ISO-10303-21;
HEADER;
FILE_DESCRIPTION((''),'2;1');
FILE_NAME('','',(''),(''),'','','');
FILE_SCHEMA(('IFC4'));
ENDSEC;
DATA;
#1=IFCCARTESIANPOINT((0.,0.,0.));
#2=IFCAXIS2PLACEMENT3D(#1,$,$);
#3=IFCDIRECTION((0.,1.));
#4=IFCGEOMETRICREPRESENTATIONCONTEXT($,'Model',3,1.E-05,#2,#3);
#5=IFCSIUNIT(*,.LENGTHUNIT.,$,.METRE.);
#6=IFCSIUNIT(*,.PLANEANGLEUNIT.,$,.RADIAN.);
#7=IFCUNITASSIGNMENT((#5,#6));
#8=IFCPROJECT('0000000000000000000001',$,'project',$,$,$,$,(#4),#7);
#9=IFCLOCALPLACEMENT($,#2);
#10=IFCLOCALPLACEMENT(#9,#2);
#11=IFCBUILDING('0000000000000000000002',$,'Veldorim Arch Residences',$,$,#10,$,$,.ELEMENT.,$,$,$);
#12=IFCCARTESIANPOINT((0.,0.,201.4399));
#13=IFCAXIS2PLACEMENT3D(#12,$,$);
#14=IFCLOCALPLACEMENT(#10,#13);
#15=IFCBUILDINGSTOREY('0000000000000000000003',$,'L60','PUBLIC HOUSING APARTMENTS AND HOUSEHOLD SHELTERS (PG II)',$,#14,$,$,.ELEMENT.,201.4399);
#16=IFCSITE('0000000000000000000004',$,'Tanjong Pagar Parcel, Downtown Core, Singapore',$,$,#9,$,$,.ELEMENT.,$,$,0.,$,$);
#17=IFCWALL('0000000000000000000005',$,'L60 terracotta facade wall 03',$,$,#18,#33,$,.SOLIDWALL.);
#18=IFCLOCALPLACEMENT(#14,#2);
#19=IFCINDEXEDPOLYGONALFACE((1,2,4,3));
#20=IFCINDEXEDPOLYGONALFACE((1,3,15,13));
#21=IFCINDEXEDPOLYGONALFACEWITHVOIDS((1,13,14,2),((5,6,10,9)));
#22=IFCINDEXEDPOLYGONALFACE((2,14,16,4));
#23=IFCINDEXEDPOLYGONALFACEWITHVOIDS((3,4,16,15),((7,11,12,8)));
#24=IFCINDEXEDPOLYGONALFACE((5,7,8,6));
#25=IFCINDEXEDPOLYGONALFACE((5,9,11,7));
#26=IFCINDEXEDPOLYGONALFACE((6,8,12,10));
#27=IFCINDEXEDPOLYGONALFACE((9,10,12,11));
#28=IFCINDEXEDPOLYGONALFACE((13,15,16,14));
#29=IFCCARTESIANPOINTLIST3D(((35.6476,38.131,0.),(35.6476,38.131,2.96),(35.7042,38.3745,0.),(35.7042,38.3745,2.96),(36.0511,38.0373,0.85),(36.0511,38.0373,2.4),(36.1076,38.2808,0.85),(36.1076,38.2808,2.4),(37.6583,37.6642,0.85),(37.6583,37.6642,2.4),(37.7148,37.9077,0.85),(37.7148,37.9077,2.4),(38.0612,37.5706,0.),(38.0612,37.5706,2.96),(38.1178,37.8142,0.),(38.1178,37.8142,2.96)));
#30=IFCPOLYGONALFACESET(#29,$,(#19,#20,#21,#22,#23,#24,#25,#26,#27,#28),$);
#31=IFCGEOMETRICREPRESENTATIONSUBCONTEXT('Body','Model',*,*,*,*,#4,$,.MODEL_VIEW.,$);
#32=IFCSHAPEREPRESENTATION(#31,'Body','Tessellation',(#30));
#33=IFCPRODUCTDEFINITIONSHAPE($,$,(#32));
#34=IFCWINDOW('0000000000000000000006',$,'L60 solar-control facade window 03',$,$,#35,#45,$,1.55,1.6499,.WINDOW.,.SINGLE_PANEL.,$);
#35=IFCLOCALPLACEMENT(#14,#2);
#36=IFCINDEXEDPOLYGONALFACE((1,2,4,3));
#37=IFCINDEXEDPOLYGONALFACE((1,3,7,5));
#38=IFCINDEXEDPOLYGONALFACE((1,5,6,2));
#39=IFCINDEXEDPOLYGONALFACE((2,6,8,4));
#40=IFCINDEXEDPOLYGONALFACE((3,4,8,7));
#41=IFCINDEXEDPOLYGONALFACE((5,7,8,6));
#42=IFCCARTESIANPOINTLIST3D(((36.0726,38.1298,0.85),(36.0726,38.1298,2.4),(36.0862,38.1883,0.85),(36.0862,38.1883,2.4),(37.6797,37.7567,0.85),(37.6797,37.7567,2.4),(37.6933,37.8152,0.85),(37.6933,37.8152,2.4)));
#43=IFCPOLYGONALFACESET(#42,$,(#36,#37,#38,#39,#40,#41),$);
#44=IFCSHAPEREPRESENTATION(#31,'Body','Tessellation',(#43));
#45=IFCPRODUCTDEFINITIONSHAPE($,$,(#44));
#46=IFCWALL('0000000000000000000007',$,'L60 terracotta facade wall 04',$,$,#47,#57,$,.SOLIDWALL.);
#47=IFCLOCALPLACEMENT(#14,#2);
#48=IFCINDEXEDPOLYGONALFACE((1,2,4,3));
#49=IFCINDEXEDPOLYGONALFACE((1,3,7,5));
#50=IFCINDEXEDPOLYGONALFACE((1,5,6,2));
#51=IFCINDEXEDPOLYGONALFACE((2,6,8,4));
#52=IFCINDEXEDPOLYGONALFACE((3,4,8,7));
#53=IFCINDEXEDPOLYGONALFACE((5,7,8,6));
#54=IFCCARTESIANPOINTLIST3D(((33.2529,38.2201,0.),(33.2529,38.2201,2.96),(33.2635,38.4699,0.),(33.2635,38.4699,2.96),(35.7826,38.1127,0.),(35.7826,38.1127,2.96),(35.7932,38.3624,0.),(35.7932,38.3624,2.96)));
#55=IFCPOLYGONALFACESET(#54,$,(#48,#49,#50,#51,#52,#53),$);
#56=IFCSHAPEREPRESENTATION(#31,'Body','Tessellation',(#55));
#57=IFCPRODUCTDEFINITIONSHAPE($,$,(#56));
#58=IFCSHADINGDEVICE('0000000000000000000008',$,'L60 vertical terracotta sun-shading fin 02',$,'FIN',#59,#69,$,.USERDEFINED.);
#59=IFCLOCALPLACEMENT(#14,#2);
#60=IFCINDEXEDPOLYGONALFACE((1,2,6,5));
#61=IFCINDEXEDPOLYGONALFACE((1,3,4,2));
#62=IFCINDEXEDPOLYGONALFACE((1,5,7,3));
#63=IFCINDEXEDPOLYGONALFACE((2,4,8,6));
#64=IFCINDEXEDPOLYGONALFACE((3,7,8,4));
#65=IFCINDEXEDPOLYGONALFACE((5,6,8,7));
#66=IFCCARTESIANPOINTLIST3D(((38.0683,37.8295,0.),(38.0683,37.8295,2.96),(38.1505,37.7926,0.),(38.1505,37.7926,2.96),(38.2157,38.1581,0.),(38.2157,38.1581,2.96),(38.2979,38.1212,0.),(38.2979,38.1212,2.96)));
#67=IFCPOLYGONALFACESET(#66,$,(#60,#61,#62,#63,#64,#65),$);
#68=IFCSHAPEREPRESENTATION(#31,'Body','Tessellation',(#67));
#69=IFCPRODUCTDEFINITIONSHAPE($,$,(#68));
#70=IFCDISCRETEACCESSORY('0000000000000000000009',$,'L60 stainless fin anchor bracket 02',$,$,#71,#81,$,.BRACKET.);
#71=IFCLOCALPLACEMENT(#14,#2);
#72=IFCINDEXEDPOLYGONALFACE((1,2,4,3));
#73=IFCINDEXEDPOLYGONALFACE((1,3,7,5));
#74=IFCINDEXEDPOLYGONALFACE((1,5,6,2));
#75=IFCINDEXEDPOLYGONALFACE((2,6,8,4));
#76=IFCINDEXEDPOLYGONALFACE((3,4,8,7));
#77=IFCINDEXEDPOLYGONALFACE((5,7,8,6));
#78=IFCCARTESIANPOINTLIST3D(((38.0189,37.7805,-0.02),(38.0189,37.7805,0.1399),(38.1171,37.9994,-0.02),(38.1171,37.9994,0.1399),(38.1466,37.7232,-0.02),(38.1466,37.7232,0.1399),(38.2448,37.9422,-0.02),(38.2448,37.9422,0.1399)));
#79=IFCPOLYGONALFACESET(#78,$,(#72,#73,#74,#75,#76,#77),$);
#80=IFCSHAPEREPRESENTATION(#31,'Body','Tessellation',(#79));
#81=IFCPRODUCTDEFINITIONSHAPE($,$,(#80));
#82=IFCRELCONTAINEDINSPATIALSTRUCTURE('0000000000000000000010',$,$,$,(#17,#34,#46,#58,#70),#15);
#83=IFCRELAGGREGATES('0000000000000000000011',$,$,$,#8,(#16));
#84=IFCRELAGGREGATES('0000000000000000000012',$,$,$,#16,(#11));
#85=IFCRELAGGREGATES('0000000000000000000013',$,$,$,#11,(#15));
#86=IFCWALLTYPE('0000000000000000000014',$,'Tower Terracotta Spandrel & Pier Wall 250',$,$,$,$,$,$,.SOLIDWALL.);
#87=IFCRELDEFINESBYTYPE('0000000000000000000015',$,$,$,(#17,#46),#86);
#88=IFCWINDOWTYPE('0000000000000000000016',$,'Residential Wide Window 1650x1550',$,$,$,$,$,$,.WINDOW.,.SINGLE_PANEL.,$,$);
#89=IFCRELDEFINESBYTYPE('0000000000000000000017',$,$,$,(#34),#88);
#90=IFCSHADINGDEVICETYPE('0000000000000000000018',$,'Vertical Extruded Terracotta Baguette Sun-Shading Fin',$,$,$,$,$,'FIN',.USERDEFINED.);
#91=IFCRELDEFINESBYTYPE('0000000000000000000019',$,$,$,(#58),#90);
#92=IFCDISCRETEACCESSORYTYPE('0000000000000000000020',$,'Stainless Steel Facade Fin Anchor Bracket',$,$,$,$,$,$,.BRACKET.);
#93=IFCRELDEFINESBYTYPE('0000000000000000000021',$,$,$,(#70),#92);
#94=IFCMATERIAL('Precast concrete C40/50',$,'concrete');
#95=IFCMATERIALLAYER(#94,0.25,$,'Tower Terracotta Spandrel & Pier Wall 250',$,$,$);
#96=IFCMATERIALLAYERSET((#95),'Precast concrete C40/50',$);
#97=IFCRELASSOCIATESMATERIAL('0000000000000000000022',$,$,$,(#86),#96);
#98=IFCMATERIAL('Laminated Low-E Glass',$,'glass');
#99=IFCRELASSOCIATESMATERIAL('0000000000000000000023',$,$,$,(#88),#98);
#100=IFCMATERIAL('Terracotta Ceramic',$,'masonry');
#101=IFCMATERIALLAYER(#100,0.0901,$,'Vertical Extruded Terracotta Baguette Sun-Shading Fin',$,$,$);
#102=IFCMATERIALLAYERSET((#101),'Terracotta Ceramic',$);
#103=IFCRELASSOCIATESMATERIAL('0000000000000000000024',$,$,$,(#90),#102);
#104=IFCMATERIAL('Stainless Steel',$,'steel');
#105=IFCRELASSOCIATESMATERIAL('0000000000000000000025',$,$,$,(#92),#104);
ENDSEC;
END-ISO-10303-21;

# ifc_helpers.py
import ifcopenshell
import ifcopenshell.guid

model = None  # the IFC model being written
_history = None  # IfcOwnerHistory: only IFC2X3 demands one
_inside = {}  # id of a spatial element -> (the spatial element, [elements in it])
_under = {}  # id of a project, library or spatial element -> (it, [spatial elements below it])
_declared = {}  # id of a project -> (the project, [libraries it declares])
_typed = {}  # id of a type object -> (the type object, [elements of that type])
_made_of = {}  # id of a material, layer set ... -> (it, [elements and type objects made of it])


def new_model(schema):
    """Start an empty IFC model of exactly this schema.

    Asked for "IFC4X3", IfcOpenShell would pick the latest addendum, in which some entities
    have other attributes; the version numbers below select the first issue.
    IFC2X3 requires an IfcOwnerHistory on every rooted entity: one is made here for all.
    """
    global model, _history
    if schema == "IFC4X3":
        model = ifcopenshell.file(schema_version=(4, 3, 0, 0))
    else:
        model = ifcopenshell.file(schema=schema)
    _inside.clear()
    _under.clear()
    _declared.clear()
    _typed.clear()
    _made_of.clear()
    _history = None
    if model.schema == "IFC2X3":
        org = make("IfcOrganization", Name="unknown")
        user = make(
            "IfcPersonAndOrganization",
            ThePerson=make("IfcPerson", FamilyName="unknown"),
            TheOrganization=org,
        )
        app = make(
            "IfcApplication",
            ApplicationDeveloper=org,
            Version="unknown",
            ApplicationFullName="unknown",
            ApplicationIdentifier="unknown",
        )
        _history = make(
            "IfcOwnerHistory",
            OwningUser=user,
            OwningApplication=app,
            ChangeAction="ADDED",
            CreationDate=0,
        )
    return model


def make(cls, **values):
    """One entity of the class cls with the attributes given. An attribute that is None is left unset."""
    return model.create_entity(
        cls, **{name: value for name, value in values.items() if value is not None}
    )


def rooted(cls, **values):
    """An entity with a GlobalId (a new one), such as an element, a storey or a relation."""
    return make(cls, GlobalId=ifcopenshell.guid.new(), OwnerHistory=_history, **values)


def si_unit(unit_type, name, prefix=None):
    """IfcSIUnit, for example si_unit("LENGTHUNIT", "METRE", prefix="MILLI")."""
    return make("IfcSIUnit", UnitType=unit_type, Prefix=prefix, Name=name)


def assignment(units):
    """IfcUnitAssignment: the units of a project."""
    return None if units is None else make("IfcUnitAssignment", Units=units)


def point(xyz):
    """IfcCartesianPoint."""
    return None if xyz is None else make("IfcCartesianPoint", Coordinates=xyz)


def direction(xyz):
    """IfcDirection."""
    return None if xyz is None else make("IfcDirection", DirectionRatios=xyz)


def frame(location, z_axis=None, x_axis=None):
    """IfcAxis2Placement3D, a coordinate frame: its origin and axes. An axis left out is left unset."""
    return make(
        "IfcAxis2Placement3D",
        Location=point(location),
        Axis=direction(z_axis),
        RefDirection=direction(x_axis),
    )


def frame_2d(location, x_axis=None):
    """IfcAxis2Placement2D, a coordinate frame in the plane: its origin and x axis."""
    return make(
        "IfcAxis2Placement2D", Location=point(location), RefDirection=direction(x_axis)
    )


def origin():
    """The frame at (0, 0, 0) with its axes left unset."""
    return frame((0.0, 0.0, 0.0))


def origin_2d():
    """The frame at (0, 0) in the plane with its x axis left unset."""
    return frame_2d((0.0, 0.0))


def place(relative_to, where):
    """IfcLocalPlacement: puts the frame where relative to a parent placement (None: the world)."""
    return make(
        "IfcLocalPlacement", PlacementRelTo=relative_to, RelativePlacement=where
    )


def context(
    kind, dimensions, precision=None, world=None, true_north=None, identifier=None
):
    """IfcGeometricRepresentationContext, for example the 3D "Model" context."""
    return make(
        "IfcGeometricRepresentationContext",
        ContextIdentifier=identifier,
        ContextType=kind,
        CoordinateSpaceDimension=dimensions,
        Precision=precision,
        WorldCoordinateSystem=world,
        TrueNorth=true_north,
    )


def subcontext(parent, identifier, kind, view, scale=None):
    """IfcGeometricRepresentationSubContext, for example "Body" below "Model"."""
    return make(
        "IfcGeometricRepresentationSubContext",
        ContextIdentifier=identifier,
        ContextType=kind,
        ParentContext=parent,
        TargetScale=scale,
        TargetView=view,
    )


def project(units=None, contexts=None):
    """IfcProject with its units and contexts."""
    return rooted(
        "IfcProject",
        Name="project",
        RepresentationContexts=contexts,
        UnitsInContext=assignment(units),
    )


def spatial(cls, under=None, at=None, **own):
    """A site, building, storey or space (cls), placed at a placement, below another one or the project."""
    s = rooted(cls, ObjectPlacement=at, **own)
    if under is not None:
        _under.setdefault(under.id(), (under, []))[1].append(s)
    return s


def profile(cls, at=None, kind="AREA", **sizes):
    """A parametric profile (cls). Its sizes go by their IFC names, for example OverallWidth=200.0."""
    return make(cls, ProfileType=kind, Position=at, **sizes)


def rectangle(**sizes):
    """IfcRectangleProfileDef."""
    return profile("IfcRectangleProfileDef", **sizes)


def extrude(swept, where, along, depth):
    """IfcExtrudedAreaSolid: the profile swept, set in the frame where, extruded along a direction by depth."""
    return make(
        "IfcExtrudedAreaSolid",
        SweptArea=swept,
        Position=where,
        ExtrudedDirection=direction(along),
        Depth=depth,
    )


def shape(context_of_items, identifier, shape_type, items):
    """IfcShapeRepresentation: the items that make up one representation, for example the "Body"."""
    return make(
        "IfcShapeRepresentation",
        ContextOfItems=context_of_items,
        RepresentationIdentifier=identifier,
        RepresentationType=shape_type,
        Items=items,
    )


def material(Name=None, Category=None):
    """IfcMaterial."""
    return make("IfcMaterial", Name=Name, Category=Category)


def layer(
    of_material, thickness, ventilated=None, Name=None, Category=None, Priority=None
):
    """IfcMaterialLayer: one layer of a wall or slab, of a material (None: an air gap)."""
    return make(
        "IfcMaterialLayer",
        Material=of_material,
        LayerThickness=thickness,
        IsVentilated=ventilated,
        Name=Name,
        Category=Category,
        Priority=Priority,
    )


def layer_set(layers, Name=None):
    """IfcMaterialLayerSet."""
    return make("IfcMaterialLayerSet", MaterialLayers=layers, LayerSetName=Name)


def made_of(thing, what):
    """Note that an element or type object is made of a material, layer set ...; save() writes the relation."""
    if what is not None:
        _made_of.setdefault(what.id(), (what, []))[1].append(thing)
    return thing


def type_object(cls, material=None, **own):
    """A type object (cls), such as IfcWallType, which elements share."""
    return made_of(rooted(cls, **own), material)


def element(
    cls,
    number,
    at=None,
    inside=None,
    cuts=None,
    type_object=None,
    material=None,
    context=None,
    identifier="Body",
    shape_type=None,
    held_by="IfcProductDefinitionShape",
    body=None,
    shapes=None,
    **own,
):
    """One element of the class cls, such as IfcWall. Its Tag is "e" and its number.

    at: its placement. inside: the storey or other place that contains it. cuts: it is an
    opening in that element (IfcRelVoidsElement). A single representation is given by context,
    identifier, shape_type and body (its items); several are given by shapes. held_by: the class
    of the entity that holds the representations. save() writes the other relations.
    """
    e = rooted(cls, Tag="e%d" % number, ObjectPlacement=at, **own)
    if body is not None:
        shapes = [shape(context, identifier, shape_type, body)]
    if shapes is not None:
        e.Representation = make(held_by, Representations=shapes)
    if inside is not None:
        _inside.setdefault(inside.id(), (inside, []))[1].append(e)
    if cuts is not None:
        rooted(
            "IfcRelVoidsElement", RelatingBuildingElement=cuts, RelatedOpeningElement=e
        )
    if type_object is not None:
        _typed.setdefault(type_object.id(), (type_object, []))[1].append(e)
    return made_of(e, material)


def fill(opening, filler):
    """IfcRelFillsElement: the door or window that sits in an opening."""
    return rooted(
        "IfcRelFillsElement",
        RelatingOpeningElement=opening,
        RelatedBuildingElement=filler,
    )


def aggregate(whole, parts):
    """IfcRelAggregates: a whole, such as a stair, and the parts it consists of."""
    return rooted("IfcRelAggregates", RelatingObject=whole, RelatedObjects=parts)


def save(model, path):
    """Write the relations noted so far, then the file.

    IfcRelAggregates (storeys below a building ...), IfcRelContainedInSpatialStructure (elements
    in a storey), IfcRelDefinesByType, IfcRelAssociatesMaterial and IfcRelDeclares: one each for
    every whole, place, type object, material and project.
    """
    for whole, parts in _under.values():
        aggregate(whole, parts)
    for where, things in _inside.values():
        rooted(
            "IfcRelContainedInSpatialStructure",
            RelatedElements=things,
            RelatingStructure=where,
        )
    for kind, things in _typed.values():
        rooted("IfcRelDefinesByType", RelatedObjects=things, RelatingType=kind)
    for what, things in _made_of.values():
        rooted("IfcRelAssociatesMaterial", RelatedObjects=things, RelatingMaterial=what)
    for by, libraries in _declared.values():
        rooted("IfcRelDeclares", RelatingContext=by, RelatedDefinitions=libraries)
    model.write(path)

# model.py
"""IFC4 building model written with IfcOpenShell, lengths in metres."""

from ifc_helpers import new_model, si_unit, direction, frame, frame_2d, origin, origin_2d, place, context, subcontext, project, spatial, rectangle, extrude, material, layer, layer_set, type_object, element, fill, save


model = new_model("IFC4")

# Units and contexts
model_context = context("Model", 3, precision=1e-05, world=origin(), true_north=direction((0.0, 1.0)))
body_context = subcontext(model_context, "Body", "Model", "MODEL_VIEW")
ifc_project = project(units=[si_unit("LENGTHUNIT", "METRE"), si_unit("PLANEANGLEUNIT", "RADIAN")], contexts=[model_context])

# Site, building, storey
site_placement = place(None, origin())
site = spatial("IfcSite", under=ifc_project, at=site_placement, Name="Tanjong Pagar Parcel, Downtown Core, Singapore", CompositionType="ELEMENT", RefElevation=0.0)
building_placement = place(site_placement, origin())
building = spatial("IfcBuilding", under=site, at=building_placement, Name="Veldorim Arch Residences", CompositionType="ELEMENT")
storey_placement = place(building_placement, frame((0.0, 0.0, 201.4399)))
storey = spatial("IfcBuildingStorey", under=building, at=storey_placement, Name="L60", Description="PUBLIC HOUSING APARTMENTS AND HOUSEHOLD SHELTERS (PG II)", CompositionType="ELEMENT", Elevation=201.4399)

# Wall, opening, window
ifc_material_1 = material(Name="Precast concrete C40/50", Category="concrete")
ifc_layer_1 = layer(ifc_material_1, 0.25, Name="Tower Terracotta Spandrel & Pier Wall 250")
ifc_layer_set_1 = layer_set([ifc_layer_1], Name="Precast concrete C40/50")
wall_type_1 = type_object("IfcWallType", Name="Tower Terracotta Spandrel & Pier Wall 250", PredefinedType="SOLIDWALL", material=ifc_layer_set_1)
wall_1_placement = place(storey_placement, frame((35.676, 38.2527, 0.0), z_axis=(0.0, 0.0, 1.0), x_axis=(0.974096, -0.226133, 0.0)))
wall_1 = element("IfcWall", 1, at=wall_1_placement, inside=storey, type_object=wall_type_1, Name="L60 terracotta facade wall 03", PredefinedType="SOLIDWALL", context=body_context, shape_type="SweptSolid", body=[
    extrude(rectangle(XDim=2.4778, YDim=0.25, at=frame_2d((1.2388, 0.0))), origin(), (0.0, 0.0, 1.0), 2.96),
])
opening_placement = place(wall_1_placement, frame((0.4141, 0.0, 0.8501)))
opening = element("IfcOpeningElement", 2, at=opening_placement, cuts=wall_1, PredefinedType="OPENING", context=body_context, shape_type="SweptSolid", body=[
    extrude(rectangle(XDim=1.6499, YDim=1.55, at=frame_2d((0.825, 0.7749))), frame((0.0, 0.135, 0.0), z_axis=(0.0, -1.0, 0.0), x_axis=(1.0, 0.0, 0.0)), (0.0, 0.0, 1.0), 0.27),
])
ifc_material_2 = material(Name="Laminated Low-E Glass", Category="glass")
window_type = type_object("IfcWindowType", Name="Residential Wide Window 1650x1550", PartitioningType="SINGLE_PANEL", PredefinedType="WINDOW", material=ifc_material_2)
window_placement = place(opening_placement, origin())
window = element("IfcWindow", 3, at=window_placement, inside=storey, type_object=window_type, Name="L60 solar-control facade window 03", OverallHeight=1.55, OverallWidth=1.6499, PartitioningType="SINGLE_PANEL", PredefinedType="WINDOW", context=body_context, shape_type="SweptSolid", body=[
    extrude(rectangle(XDim=1.6499, YDim=1.55, at=frame_2d((0.825, 0.7749))), frame((0.0, 0.03, 0.0), z_axis=(0.0, -1.0, 0.0), x_axis=(1.0, 0.0, 0.0)), (0.0, 0.0, 1.0), 0.0601),
])
fill(opening, window)

# Wall
wall_2_placement = place(storey_placement, frame((33.2581, 38.345, 0.0), z_axis=(0.0, 0.0, 1.0), x_axis=(0.9991, -0.042425, 0.0)))
element("IfcWall", 4, at=wall_2_placement, inside=storey, type_object=wall_type_1, Name="L60 terracotta facade wall 04", PredefinedType="SOLIDWALL", context=body_context, shape_type="SweptSolid", body=[
    extrude(rectangle(XDim=2.532, YDim=0.25, at=frame_2d((1.2661, 0.0))), origin(), (0.0, 0.0, 1.0), 2.96),
])

# Shading device
ifc_material_3 = material(Name="Terracotta Ceramic", Category="masonry")
ifc_layer_2 = layer(ifc_material_3, 0.0901, Name="Vertical Extruded Terracotta Baguette Sun-Shading Fin")
ifc_layer_set_2 = layer_set([ifc_layer_2], Name="Terracotta Ceramic")
shading_device_type = type_object("IfcShadingDeviceType", Name="Vertical Extruded Terracotta Baguette Sun-Shading Fin", ElementType="FIN", PredefinedType="USERDEFINED", material=ifc_layer_set_2)
shading_device_placement = place(storey_placement, frame((38.1831, 37.9753, 0.0), z_axis=(0.0, 0.0, 1.0), x_axis=(0.912477, -0.409127, 0.0)))
element("IfcShadingDevice", 5, at=shading_device_placement, inside=storey, type_object=shading_device_type, Name="L60 vertical terracotta sun-shading fin 02", ObjectType="FIN", PredefinedType="USERDEFINED", context=body_context, shape_type="SweptSolid", body=[
    extrude(rectangle(XDim=0.0901, YDim=0.3601, at=origin_2d()), origin(), (0.0, 0.0, 1.0), 2.96),
])

# Discrete accessory
ifc_material_4 = material(Name="Stainless Steel", Category="steel")
discrete_accessory_type = type_object("IfcDiscreteAccessoryType", Name="Stainless Steel Facade Fin Anchor Bracket", PredefinedType="BRACKET", material=ifc_material_4)
discrete_accessory_placement = place(storey_placement, frame((38.1318, 37.8613, -0.02), z_axis=(0.0, 0.0, 1.0), x_axis=(0.912477, -0.409127, 0.0)))
element("IfcDiscreteAccessory", 6, at=discrete_accessory_placement, inside=storey, type_object=discrete_accessory_type, Name="L60 stainless fin anchor bracket 02", PredefinedType="BRACKET", context=body_context, shape_type="SweptSolid", body=[
    extrude(rectangle(XDim=0.1399, YDim=0.24, at=origin_2d()), origin(), (0.0, 0.0, 1.0), 0.1599),
])

save(model, "model.ifc")
